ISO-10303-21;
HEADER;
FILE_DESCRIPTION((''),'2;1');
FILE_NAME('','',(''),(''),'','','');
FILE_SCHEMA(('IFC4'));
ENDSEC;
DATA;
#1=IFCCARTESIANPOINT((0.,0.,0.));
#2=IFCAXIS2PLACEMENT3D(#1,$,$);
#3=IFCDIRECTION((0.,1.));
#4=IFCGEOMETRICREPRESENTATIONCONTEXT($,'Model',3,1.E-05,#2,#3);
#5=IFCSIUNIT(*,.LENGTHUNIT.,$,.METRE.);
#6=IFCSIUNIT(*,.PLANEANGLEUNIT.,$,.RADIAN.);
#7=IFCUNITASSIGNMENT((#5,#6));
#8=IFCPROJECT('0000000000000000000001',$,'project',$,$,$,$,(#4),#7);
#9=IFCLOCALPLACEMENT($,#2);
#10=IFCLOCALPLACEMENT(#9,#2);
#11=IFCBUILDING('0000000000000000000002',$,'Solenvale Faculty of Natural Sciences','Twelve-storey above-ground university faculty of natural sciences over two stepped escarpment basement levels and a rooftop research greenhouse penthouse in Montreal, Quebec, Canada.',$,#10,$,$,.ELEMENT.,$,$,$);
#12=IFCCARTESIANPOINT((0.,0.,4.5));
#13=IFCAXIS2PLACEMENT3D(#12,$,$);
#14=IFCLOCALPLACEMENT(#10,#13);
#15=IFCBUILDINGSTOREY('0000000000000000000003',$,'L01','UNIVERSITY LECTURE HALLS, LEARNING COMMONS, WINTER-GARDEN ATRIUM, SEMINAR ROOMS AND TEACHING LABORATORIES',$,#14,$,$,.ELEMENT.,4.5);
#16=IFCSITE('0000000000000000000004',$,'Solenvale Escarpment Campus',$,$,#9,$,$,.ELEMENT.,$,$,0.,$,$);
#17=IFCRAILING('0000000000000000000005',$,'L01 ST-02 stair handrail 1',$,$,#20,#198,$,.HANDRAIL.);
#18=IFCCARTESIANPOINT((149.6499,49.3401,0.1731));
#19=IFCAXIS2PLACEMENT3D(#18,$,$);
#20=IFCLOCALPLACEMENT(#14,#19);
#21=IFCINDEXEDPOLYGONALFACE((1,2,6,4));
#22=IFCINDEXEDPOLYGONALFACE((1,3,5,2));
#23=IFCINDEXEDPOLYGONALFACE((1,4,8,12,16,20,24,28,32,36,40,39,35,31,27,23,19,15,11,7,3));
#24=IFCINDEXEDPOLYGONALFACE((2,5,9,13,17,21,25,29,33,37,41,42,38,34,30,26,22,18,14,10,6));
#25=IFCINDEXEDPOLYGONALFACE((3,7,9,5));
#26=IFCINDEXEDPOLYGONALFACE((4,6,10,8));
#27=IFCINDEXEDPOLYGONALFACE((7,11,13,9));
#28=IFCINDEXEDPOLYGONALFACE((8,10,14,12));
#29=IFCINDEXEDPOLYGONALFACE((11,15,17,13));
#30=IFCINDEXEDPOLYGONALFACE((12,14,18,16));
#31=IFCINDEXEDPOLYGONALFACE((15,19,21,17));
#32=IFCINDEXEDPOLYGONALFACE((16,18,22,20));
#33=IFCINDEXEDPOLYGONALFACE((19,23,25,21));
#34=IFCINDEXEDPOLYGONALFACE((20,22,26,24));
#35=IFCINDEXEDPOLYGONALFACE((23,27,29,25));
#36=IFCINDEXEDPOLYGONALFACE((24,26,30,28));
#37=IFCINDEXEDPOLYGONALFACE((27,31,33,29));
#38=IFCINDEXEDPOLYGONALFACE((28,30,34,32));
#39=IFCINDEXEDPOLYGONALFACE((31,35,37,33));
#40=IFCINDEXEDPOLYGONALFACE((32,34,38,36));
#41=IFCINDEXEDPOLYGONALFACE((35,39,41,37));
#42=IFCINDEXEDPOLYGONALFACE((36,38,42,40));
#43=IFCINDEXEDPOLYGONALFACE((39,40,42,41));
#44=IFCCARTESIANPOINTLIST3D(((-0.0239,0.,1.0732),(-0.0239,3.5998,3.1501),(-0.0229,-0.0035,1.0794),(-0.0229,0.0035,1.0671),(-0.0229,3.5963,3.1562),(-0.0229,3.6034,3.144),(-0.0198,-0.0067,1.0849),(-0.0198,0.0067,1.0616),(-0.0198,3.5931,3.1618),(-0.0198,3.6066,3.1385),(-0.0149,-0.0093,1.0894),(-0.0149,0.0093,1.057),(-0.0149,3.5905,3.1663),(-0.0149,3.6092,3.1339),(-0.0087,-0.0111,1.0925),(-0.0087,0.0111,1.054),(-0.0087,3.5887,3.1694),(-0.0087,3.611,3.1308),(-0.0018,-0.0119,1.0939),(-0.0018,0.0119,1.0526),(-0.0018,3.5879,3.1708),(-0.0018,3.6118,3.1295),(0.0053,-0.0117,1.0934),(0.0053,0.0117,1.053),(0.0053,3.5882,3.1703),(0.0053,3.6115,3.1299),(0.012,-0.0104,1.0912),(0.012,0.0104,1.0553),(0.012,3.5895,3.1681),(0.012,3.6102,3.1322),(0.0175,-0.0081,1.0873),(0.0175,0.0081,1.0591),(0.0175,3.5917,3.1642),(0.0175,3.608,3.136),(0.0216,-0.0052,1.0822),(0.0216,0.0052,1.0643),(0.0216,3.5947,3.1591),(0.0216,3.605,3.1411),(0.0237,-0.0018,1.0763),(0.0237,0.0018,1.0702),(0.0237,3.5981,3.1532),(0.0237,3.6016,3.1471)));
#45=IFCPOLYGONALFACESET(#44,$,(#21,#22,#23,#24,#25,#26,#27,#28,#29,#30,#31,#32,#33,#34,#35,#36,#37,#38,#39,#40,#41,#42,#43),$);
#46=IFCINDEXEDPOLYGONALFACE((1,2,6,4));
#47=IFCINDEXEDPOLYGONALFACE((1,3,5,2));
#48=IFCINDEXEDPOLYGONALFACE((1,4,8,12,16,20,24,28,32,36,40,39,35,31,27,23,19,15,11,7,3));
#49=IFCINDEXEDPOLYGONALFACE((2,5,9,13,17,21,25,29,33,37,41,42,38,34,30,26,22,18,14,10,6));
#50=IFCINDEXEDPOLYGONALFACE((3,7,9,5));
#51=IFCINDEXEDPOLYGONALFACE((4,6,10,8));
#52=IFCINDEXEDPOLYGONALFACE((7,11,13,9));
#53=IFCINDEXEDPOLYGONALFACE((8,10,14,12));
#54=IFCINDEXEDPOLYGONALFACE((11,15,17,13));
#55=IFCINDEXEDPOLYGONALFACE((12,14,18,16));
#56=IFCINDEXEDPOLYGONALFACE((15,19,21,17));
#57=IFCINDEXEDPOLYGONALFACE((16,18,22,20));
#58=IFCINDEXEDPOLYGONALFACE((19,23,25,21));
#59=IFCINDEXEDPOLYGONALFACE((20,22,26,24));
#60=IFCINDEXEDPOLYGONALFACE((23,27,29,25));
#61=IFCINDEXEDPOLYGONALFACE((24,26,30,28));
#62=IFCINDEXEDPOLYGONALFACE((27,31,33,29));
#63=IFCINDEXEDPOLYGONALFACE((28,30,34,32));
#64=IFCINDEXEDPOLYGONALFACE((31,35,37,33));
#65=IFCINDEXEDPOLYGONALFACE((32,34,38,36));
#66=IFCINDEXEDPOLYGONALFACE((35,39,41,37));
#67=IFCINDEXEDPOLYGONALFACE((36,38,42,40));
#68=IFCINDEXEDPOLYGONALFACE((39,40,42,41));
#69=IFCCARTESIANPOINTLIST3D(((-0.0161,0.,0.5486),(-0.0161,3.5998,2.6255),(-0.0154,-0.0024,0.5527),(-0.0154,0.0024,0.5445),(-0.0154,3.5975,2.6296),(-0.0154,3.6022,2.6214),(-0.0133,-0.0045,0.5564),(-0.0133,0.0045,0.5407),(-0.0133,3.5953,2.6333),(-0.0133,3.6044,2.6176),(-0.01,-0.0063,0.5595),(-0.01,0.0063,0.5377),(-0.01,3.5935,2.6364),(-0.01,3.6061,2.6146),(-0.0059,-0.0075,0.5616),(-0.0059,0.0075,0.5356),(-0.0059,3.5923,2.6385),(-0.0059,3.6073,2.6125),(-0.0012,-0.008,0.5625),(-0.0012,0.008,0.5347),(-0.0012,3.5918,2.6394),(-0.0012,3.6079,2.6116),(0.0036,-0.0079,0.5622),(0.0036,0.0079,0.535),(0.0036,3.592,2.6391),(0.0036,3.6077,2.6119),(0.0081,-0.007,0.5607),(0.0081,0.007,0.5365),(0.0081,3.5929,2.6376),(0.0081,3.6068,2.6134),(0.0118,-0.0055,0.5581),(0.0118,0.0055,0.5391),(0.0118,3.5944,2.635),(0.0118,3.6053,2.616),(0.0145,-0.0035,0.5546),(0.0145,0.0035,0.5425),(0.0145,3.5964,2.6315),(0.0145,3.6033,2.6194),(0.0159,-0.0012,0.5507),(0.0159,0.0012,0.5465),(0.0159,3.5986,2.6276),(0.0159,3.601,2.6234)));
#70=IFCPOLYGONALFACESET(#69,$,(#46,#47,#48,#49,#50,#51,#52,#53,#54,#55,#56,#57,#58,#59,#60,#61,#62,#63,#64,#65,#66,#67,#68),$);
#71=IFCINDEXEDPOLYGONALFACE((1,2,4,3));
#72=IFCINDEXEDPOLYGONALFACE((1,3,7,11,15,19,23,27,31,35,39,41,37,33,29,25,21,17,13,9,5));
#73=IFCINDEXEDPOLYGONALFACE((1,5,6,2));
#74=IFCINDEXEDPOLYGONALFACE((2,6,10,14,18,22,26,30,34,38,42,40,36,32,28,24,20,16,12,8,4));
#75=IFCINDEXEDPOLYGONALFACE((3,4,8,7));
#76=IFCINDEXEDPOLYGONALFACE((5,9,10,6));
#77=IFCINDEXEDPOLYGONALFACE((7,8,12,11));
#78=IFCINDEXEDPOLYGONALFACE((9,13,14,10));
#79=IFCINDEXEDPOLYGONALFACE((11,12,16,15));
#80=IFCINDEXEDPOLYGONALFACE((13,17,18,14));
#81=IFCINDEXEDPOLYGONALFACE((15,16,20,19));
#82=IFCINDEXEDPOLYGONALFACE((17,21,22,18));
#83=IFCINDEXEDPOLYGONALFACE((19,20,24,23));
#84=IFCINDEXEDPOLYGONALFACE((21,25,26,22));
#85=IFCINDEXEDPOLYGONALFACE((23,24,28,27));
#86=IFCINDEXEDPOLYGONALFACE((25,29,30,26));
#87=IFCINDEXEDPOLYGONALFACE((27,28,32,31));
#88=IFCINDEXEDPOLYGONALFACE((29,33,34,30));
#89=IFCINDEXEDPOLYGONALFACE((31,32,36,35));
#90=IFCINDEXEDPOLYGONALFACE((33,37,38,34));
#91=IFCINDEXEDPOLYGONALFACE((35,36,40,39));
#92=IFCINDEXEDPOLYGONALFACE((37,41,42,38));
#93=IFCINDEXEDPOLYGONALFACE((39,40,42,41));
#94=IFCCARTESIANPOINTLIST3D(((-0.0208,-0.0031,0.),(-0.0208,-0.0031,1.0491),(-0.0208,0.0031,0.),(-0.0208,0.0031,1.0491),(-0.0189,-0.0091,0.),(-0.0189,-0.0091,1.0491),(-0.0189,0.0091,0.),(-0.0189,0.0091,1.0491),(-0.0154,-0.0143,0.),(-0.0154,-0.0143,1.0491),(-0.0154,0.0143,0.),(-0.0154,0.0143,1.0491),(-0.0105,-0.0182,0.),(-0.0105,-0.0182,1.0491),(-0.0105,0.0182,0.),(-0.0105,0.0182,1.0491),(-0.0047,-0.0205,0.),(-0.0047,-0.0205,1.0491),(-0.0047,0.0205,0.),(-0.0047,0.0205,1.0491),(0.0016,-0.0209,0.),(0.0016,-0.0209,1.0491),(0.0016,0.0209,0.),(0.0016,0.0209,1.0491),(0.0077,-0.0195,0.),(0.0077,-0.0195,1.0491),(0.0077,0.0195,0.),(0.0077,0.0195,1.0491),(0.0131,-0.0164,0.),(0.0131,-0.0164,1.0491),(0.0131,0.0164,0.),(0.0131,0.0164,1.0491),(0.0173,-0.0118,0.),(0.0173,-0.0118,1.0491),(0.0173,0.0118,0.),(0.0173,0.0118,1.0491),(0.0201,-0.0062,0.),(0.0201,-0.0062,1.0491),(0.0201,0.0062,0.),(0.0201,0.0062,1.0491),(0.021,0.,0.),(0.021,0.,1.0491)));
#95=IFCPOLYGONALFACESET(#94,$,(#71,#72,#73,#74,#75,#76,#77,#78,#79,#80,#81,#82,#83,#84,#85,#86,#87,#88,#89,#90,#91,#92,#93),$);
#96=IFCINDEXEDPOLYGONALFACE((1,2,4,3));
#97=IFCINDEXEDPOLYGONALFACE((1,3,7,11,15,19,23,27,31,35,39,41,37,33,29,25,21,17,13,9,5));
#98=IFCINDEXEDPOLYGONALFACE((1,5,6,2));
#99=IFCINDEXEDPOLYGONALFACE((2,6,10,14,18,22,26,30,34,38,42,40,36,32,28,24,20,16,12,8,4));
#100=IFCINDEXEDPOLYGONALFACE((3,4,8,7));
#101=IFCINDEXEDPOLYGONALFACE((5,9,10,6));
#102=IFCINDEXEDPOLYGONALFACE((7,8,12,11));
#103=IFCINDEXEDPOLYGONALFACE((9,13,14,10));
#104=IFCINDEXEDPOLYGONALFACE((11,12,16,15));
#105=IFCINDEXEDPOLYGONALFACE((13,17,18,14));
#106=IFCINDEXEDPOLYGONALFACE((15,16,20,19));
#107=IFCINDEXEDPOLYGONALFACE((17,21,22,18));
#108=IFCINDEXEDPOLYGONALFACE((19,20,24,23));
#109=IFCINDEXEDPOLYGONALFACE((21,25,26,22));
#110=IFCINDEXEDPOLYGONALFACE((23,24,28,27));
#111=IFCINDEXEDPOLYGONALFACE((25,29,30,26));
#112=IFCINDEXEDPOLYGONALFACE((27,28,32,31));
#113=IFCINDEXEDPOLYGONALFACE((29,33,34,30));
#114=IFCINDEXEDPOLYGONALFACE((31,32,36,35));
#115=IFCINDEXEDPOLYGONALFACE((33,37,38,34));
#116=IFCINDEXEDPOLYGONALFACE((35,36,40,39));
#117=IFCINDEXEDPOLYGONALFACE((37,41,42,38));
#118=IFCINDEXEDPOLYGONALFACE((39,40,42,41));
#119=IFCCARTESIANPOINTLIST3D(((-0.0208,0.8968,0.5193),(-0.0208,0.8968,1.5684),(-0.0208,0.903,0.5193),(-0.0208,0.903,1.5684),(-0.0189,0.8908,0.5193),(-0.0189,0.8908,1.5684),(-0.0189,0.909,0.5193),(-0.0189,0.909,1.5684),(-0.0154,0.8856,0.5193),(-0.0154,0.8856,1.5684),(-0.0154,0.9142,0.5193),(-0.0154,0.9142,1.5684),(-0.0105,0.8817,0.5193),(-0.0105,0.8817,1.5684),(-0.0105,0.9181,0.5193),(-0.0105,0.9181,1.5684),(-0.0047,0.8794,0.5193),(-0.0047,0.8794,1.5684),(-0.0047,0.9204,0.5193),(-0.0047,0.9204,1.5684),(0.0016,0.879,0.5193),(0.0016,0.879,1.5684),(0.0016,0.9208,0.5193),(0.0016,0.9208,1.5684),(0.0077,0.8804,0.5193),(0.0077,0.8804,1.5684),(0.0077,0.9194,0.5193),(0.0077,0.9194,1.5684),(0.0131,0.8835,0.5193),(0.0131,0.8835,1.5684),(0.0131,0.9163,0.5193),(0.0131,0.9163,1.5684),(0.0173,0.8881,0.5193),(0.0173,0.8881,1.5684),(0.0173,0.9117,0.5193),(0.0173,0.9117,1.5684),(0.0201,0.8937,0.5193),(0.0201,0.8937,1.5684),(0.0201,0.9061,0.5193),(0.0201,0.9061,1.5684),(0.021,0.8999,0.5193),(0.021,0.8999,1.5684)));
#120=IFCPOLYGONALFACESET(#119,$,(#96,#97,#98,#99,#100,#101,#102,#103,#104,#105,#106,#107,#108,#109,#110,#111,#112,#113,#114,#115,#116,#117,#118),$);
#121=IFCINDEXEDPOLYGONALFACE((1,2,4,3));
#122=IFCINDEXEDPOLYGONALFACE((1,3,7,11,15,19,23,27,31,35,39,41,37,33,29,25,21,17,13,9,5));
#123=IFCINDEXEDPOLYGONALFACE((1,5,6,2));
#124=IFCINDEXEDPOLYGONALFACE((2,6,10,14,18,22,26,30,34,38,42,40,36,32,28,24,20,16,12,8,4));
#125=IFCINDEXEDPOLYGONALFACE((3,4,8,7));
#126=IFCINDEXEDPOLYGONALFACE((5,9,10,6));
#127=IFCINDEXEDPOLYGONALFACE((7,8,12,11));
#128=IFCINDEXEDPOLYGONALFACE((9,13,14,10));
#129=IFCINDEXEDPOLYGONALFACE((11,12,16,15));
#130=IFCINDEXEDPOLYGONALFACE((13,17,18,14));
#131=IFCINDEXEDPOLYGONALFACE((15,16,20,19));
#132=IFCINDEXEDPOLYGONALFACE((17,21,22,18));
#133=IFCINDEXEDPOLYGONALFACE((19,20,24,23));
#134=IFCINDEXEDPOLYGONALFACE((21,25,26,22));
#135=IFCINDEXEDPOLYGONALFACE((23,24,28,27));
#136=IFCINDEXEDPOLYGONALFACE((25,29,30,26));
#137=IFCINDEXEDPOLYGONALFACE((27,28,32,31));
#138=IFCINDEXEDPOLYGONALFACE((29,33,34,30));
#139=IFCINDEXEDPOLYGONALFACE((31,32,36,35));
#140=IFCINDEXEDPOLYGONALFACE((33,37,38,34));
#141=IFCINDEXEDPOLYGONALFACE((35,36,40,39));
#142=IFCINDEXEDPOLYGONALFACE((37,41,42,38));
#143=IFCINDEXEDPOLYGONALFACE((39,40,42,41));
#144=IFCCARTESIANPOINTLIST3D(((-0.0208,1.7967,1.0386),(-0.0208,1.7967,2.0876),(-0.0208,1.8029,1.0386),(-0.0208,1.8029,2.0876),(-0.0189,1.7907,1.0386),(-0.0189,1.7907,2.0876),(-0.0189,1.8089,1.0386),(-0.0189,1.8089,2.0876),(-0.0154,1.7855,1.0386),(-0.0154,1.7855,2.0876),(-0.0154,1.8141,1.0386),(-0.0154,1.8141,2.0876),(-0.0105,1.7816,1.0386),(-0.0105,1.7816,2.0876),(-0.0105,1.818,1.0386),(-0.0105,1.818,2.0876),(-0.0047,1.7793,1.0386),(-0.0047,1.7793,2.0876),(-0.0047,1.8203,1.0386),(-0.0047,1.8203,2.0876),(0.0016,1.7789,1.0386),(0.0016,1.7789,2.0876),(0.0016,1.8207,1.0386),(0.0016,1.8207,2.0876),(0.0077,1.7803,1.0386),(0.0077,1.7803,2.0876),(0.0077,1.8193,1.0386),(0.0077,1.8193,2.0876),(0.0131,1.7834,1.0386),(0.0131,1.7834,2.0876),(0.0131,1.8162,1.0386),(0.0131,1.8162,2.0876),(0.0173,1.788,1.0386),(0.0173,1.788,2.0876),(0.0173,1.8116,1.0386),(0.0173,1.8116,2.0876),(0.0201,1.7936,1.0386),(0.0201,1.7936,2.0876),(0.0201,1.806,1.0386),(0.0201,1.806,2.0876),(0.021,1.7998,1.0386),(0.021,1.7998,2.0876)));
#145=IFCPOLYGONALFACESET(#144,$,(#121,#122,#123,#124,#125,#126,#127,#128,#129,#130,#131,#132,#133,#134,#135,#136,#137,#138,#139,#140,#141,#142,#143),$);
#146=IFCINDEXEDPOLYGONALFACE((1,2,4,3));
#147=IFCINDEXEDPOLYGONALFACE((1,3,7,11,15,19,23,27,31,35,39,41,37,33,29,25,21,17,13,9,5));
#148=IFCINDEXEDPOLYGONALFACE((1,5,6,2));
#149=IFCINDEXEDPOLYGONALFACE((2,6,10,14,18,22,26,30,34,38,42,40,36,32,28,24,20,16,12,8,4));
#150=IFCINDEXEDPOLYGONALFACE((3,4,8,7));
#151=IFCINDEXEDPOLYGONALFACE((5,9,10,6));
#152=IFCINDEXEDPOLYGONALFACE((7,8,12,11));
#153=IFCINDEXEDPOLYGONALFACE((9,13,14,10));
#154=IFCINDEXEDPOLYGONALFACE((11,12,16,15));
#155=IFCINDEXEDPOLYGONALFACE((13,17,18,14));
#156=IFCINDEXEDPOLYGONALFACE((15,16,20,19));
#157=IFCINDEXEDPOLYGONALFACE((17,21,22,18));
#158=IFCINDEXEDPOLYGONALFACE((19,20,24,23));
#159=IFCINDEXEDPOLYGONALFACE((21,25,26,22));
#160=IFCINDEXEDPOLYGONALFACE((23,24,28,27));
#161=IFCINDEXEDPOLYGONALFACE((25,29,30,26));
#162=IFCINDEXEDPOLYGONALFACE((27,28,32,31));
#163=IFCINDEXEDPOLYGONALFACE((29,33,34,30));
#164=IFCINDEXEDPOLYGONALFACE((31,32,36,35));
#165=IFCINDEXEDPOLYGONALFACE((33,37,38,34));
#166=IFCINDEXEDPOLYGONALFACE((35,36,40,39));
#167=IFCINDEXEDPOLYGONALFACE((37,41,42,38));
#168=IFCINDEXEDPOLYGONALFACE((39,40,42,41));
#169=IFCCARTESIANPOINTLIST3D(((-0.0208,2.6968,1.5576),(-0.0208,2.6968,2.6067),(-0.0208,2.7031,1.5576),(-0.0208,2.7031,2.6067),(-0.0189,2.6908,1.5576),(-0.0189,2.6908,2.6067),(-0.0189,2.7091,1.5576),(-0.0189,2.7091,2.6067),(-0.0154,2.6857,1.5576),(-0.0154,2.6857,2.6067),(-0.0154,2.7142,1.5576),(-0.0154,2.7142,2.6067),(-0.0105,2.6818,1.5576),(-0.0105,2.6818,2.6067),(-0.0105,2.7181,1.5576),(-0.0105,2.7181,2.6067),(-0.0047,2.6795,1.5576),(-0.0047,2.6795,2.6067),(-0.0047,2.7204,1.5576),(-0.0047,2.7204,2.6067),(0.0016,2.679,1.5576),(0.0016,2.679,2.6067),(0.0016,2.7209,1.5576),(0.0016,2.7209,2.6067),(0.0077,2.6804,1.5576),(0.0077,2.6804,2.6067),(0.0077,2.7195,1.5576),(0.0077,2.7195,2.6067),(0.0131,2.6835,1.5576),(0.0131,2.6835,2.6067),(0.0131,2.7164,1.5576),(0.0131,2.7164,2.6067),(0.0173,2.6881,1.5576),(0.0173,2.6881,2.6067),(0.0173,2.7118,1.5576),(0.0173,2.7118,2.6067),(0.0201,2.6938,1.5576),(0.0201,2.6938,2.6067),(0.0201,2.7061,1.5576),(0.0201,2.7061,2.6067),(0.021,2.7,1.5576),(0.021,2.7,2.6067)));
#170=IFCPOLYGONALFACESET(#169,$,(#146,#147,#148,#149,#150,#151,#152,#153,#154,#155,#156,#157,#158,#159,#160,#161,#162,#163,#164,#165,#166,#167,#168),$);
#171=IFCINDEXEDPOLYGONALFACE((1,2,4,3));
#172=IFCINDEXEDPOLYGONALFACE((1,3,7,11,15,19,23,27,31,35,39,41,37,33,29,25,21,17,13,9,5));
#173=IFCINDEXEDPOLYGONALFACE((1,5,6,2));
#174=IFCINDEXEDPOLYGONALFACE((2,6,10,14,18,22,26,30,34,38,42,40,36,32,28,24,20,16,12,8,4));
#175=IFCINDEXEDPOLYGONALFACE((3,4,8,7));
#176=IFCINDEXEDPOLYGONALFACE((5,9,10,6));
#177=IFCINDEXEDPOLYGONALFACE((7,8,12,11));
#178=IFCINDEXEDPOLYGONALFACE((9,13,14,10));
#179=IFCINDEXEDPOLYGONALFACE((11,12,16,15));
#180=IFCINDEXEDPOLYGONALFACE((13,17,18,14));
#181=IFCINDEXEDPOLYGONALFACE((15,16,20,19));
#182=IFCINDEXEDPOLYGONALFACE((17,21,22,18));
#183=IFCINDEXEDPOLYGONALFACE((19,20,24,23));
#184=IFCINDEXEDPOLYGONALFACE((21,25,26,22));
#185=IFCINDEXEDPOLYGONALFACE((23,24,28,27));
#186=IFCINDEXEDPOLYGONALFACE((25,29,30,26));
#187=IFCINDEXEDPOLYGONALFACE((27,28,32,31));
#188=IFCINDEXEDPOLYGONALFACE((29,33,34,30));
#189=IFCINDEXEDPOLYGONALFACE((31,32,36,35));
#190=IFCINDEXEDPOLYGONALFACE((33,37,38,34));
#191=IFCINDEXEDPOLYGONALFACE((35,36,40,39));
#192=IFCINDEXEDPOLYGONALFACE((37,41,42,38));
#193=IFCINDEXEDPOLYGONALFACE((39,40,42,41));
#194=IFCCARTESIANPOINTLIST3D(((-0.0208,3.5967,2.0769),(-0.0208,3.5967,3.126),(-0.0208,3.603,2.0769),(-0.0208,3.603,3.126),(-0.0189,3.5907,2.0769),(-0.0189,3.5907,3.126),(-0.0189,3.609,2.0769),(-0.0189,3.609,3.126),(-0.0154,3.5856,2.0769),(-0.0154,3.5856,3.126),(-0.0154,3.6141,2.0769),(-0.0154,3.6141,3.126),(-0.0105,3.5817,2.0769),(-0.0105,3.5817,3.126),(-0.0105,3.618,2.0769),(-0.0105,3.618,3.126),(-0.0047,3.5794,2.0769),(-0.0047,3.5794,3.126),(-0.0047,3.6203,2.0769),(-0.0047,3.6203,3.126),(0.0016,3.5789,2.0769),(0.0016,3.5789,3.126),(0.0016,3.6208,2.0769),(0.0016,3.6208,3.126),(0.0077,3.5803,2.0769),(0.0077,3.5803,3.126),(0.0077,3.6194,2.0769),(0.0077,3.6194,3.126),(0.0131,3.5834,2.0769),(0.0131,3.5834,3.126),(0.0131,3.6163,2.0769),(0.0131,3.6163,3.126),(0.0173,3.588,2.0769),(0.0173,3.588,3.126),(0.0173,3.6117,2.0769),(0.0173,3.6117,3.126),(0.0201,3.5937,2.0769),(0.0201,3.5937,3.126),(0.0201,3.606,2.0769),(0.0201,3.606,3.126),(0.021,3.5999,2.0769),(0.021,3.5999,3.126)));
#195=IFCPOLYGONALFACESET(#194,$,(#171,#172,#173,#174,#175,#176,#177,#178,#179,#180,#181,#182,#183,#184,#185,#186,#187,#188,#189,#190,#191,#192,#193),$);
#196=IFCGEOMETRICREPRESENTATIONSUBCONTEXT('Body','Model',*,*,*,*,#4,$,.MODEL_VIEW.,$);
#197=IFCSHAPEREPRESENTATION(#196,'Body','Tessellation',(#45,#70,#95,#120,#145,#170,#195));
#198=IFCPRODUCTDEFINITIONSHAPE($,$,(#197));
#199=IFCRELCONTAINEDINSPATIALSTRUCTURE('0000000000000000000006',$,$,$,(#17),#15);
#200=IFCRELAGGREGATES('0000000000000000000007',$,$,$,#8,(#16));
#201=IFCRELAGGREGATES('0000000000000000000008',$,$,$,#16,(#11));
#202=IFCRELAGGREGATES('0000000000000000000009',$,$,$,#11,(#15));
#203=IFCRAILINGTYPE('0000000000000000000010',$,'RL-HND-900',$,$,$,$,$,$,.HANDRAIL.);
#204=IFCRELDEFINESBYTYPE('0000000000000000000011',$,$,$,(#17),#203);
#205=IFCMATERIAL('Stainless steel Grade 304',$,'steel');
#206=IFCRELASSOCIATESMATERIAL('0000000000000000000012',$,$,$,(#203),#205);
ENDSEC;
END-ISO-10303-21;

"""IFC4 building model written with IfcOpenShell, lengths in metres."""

from ifc_helpers import new_model, si_unit, direction, frame, origin, origin_2d, place, context, subcontext, project, spatial, circle, extrude, material, type_object, element, save


model = new_model("IFC4")

# Units and contexts
model_context = context("Model", 3, precision=1e-05, world=origin(), true_north=direction((0.0, 1.0)))
body_context = subcontext(model_context, "Body", "Model", "MODEL_VIEW")
ifc_project = project(units=[si_unit("LENGTHUNIT", "METRE"), si_unit("PLANEANGLEUNIT", "RADIAN")], contexts=[model_context])

# Site, building, storey
site_placement = place(None, origin())
site = spatial("IfcSite", under=ifc_project, at=site_placement, Name="Solenvale Escarpment Campus", CompositionType="ELEMENT", RefElevation=0.0)
building_placement = place(site_placement, origin())
building = spatial("IfcBuilding", under=site, at=building_placement, Name="Solenvale Faculty of Natural Sciences", Description="Twelve-storey above-ground university faculty of natural sciences over two stepped escarpment basement levels and a rooftop research greenhouse penthouse in Montreal, Quebec, Canada.", CompositionType="ELEMENT")
storey_placement = place(building_placement, frame((0.0, 0.0, 4.5)))
storey = spatial("IfcBuildingStorey", under=building, at=storey_placement, Name="L01", Description="UNIVERSITY LECTURE HALLS, LEARNING COMMONS, WINTER-GARDEN ATRIUM, SEMINAR ROOMS AND TEACHING LABORATORIES", CompositionType="ELEMENT", Elevation=4.5)

# Railing
ifc_material_1 = material(Name="Stainless steel Grade 304", Category="steel")
railing_type = type_object("IfcRailingType", Name="RL-HND-900", PredefinedType="HANDRAIL", material=ifc_material_1)
railing_placement = place(storey_placement, frame((149.6499, 49.3401, 0.1731)))
element("IfcRailing", 1, at=railing_placement, inside=storey, type_object=railing_type, Name="L01 ST-02 stair handrail 1", PredefinedType="HANDRAIL", context=body_context, shape_type="SweptSolid", body=[
    extrude(circle(Radius=0.0239, at=origin_2d()), frame((0.0, 0.0, 1.0732), z_axis=(0.0, 0.866179, 0.499734), x_axis=(-1.0, 0.0, 0.0)), (0.0, 0.0, 1.0), 4.156),
    extrude(circle(Radius=0.0161, at=origin_2d()), frame((0.0, 0.0, 0.5486), z_axis=(0.0, 0.866179, 0.499734), x_axis=(-1.0, 0.0, 0.0)), (0.0, 0.0, 1.0), 4.156),
    extrude(circle(Radius=0.021, at=origin_2d()), origin(), (0.0, 0.0, 1.0), 1.0491),
    extrude(circle(Radius=0.021, at=origin_2d()), frame((0.0, 0.8999, 0.5193)), (0.0, 0.0, 1.0), 1.0491),
    extrude(circle(Radius=0.021, at=origin_2d()), frame((0.0, 1.7998, 1.0386)), (0.0, 0.0, 1.0), 1.0491),
    extrude(circle(Radius=0.021, at=origin_2d()), frame((0.0, 2.7, 1.5576)), (0.0, 0.0, 1.0), 1.0491),
    extrude(circle(Radius=0.021, at=origin_2d()), frame((0.0, 3.5999, 2.0769)), (0.0, 0.0, 1.0), 1.0491),
])

save(model, "model.ifc")
